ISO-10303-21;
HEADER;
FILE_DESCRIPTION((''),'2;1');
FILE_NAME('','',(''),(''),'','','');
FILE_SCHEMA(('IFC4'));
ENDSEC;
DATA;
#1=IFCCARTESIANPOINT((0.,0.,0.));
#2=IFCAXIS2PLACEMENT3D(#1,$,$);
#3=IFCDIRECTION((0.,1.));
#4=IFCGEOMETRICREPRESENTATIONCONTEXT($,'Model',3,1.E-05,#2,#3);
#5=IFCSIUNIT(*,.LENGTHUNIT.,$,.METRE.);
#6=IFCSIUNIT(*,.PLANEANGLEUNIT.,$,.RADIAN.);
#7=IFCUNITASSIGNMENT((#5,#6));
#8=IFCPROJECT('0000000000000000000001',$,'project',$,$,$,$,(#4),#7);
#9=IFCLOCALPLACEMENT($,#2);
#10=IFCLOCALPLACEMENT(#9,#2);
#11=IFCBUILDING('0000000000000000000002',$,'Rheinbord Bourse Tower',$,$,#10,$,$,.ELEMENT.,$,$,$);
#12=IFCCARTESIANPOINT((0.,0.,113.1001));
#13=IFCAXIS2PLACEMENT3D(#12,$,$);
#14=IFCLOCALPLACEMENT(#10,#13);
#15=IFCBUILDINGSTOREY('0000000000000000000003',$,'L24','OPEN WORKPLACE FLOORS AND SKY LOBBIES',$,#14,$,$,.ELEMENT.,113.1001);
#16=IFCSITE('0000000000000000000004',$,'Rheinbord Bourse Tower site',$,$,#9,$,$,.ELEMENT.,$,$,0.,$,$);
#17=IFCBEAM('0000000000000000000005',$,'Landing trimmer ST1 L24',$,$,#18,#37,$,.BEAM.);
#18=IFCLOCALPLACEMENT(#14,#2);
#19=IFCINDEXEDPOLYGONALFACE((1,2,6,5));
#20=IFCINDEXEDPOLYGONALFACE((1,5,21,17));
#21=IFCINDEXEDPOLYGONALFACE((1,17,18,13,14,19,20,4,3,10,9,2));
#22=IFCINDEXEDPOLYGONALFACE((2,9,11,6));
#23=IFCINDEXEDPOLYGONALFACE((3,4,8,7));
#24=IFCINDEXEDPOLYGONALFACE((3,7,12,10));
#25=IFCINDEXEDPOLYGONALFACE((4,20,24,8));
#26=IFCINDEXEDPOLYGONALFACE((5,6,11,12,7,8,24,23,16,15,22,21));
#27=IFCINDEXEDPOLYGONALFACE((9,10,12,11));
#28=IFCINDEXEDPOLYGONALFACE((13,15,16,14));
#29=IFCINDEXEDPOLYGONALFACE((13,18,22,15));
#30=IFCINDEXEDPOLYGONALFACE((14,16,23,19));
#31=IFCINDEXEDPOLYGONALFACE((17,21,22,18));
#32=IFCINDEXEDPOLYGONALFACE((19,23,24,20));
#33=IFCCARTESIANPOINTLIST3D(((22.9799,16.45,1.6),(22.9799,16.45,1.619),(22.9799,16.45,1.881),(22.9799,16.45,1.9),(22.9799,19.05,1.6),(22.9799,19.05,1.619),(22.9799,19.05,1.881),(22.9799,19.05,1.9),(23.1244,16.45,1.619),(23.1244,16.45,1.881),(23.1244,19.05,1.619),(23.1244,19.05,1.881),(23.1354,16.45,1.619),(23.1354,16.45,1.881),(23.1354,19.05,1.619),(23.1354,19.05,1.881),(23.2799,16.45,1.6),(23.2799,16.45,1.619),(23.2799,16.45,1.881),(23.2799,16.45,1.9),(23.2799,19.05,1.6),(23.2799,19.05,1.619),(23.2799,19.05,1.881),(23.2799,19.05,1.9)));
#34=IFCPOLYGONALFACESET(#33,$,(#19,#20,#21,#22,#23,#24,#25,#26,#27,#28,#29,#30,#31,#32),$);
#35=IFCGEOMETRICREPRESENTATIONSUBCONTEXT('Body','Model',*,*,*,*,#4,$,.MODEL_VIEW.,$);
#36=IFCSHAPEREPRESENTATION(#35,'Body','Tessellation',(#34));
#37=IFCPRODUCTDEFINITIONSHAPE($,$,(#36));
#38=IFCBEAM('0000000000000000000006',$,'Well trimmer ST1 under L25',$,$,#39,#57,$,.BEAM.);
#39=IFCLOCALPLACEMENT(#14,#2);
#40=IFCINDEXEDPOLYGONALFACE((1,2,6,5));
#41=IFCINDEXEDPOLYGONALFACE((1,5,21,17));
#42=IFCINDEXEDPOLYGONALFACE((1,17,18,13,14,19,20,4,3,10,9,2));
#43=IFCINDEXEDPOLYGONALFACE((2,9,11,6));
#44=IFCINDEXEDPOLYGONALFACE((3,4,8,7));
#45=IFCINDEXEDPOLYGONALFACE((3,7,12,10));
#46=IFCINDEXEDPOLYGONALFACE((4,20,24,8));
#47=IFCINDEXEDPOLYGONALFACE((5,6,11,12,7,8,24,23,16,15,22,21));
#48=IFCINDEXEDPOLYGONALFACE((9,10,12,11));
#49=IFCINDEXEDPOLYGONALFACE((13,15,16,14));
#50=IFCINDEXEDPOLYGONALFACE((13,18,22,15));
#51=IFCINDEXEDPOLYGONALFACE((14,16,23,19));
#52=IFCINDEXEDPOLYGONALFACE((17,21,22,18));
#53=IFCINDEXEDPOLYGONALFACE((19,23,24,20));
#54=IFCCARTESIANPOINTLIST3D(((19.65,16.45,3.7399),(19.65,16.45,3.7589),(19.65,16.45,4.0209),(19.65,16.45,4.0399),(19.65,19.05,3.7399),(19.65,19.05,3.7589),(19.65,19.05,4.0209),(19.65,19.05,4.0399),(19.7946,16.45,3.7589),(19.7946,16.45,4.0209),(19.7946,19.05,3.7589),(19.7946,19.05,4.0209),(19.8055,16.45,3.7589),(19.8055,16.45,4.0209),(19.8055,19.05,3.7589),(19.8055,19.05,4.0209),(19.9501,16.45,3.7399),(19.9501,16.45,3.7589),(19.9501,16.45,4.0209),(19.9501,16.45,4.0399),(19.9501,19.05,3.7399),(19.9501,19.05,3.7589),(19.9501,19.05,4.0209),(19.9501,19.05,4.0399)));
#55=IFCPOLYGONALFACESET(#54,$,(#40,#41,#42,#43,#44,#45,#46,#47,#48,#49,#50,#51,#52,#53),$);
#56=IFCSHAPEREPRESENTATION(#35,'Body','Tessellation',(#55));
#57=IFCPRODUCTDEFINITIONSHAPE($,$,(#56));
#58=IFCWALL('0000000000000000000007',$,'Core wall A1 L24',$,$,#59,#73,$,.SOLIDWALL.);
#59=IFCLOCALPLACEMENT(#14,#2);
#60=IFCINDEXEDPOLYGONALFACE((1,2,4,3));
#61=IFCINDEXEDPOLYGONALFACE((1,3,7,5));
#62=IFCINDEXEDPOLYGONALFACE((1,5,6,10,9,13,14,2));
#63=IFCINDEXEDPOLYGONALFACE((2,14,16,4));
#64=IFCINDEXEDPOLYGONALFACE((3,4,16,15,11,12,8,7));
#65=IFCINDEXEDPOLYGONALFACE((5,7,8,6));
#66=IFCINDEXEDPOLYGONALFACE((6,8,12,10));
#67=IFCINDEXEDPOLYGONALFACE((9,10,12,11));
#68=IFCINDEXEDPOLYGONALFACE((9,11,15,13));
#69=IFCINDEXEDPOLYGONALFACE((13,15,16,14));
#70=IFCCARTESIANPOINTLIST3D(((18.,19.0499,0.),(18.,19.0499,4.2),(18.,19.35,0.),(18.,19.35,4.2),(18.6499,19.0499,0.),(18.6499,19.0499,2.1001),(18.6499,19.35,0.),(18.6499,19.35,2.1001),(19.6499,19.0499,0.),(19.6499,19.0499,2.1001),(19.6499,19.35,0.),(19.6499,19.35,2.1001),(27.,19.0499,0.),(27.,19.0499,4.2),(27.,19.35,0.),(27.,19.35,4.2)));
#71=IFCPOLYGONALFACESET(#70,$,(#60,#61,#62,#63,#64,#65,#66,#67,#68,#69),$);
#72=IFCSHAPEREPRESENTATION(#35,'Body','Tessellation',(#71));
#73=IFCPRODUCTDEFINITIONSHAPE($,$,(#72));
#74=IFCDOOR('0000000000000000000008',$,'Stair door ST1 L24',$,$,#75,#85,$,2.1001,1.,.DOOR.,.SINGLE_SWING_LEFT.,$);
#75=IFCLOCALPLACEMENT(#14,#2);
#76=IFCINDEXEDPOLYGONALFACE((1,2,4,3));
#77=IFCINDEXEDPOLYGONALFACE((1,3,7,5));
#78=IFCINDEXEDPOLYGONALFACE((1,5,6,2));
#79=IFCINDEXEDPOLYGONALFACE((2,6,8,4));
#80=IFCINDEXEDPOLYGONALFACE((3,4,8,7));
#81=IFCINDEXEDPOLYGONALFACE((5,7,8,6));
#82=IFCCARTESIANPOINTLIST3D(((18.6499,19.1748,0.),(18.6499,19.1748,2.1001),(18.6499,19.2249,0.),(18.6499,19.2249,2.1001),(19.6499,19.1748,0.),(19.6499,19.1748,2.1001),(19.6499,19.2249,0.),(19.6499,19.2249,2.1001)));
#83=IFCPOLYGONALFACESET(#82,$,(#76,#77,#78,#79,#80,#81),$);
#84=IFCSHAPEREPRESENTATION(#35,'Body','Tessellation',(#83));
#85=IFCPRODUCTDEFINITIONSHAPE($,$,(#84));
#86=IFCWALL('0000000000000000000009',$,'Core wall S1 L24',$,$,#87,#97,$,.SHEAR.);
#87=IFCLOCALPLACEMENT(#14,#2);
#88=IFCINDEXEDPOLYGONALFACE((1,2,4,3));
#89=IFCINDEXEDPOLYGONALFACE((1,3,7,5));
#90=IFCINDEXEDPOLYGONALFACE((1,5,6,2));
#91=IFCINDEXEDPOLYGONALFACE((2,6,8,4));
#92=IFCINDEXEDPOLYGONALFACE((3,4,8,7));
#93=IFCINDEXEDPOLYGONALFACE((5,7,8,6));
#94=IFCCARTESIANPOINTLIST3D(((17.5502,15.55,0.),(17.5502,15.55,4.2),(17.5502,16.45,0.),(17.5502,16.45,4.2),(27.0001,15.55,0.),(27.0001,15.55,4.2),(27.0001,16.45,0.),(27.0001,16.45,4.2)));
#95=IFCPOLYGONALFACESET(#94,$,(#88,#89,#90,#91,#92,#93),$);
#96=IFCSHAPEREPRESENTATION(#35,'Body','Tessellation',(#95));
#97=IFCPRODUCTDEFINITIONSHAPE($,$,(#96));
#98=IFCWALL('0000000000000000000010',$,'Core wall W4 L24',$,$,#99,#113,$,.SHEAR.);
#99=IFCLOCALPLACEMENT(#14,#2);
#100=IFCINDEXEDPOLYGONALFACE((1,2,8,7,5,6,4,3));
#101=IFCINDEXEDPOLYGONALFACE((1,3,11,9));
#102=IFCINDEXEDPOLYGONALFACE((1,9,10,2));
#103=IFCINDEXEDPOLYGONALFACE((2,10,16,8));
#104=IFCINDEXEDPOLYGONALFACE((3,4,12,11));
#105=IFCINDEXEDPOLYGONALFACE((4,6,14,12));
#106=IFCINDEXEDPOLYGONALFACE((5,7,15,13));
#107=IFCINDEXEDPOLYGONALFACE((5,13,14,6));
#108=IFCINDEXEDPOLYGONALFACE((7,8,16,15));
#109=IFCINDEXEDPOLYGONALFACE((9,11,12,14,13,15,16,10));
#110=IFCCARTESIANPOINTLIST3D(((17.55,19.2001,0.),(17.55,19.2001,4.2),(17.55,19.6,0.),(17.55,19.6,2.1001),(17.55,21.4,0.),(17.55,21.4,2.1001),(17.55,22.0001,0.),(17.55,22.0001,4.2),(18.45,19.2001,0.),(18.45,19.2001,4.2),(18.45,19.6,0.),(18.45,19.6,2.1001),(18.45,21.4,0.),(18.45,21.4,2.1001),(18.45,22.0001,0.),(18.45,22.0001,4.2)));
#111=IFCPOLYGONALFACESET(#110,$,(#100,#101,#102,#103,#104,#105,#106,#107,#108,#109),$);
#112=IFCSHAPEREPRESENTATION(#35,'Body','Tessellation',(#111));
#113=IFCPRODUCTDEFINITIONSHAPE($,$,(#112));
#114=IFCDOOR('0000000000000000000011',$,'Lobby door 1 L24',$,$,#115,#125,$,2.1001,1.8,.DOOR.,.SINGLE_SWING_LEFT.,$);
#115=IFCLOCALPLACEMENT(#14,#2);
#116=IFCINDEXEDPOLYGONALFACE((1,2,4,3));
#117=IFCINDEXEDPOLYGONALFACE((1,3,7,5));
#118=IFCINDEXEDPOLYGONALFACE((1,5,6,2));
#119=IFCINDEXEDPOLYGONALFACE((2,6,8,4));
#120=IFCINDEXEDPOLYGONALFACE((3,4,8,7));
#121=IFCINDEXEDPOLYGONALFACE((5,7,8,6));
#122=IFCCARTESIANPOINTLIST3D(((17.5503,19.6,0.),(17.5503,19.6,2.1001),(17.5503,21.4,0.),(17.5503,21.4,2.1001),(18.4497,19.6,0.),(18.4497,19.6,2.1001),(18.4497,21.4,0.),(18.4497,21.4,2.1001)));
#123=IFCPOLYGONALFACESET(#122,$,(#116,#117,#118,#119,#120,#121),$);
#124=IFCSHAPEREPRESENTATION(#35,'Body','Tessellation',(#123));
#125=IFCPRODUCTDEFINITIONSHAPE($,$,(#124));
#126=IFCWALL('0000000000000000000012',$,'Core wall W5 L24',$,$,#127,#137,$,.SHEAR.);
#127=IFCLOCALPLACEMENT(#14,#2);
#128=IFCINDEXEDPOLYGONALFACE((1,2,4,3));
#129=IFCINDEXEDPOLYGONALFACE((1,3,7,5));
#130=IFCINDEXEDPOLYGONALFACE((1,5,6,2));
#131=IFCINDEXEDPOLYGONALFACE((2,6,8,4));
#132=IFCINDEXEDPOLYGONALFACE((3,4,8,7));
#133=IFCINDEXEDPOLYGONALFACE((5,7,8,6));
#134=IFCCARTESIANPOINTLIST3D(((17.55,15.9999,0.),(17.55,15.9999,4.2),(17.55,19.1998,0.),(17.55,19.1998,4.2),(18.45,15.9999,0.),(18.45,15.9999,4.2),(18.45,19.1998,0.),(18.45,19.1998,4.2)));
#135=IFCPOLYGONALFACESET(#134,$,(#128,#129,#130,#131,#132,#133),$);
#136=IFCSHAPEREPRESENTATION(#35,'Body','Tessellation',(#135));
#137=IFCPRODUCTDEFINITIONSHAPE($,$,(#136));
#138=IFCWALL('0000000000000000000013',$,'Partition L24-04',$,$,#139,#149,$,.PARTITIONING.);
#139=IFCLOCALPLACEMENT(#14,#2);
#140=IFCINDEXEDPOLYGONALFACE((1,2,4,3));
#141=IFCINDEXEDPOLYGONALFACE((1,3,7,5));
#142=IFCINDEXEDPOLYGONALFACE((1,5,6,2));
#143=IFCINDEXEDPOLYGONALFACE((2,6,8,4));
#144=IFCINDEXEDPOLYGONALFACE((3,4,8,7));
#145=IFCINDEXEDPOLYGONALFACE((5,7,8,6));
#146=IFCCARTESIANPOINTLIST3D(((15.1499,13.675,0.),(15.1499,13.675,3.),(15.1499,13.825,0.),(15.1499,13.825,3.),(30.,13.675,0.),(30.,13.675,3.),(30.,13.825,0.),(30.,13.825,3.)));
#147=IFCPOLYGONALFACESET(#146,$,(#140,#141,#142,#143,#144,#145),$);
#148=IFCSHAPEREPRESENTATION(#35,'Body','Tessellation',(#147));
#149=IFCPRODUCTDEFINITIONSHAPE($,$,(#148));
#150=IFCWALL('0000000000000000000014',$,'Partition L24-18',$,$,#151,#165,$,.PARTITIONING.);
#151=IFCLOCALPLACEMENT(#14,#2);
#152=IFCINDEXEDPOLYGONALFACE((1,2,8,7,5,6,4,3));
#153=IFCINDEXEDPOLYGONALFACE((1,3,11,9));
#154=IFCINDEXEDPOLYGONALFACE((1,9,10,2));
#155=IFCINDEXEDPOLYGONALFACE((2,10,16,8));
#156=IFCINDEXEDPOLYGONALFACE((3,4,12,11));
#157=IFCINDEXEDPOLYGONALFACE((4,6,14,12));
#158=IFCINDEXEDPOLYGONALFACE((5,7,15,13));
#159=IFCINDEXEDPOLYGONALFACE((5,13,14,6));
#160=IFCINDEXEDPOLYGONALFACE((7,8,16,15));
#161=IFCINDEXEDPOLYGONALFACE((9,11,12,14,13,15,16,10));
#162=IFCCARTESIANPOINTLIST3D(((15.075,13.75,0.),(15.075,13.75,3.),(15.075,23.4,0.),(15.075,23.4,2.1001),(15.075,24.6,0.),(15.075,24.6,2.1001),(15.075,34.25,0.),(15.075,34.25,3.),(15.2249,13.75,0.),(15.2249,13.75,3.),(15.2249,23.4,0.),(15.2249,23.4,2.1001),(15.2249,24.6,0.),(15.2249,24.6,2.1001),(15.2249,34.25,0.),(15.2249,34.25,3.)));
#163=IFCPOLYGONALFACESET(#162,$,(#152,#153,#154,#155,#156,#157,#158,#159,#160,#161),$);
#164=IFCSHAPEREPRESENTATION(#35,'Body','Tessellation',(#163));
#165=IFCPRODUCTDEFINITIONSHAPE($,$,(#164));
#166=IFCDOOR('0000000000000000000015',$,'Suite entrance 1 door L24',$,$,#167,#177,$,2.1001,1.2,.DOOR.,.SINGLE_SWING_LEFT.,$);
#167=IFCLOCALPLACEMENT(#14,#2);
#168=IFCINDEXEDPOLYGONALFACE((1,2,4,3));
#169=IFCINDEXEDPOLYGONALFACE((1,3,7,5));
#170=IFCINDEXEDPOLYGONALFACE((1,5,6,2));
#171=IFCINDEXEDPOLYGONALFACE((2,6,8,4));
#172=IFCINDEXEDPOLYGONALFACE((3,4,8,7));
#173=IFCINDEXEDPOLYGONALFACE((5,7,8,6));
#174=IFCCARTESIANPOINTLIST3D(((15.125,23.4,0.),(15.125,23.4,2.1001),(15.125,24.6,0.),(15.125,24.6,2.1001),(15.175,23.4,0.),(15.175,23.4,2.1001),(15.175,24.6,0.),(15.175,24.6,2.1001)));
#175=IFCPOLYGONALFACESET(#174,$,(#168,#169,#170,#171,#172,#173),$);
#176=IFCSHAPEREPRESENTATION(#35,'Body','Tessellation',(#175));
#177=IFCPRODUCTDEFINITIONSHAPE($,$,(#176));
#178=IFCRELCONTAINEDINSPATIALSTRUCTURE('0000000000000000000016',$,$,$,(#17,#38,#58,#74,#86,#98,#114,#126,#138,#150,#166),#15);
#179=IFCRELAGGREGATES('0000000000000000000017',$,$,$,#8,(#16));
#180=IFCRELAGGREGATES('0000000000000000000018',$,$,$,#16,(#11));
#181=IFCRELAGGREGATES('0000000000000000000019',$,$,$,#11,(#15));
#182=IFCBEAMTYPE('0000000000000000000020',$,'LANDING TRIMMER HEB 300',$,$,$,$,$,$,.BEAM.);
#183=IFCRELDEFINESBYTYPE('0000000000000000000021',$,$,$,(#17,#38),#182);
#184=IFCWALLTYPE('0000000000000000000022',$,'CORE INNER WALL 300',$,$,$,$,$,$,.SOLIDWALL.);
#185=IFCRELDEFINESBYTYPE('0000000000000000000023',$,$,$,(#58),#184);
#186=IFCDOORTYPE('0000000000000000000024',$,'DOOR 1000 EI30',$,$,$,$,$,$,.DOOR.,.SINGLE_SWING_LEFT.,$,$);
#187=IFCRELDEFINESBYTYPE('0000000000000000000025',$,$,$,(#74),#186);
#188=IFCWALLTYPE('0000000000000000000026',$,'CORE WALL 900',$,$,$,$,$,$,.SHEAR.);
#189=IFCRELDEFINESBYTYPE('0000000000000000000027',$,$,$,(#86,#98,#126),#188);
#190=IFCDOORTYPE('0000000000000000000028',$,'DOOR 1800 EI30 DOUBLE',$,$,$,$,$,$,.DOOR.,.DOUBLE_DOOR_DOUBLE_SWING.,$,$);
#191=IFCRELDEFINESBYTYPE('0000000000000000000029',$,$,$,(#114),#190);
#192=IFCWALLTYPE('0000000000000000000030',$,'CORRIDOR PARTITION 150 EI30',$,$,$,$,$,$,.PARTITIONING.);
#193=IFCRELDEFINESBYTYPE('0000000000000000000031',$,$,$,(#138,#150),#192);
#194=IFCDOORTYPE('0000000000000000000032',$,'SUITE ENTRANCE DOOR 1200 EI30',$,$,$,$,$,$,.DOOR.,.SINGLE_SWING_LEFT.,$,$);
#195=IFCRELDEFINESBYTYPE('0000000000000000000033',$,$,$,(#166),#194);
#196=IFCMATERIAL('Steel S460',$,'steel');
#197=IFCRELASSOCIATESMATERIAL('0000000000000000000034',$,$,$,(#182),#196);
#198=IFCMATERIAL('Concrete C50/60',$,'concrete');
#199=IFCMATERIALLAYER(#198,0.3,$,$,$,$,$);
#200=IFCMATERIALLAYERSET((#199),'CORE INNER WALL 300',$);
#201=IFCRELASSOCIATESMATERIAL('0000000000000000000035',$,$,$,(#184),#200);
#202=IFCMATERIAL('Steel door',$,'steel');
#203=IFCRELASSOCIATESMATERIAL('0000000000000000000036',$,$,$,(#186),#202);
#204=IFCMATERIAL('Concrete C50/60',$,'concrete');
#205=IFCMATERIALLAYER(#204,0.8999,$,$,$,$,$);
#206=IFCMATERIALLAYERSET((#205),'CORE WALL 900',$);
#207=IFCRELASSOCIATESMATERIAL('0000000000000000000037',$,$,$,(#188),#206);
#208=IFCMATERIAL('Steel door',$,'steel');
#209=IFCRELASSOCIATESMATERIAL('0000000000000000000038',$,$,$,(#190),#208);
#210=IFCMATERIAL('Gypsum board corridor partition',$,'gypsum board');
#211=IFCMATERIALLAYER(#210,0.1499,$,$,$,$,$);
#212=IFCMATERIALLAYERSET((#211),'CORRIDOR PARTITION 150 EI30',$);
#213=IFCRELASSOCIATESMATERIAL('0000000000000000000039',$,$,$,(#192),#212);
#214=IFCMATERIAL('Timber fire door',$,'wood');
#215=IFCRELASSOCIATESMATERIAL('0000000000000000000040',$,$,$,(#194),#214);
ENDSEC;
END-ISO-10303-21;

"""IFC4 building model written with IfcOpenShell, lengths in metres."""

from ifc_helpers import new_model, si_unit, direction, frame, frame_2d, origin, origin_2d, place, context, subcontext, project, spatial, rectangle, i_section, extrude, material, layer, layer_set, material_profile, profile_set, type_object, element, fill, save


model = new_model("IFC4")

# Units and contexts
model_context = context("Model", 3, precision=1e-05, world=origin(), true_north=direction((0.0, 1.0)))
body_context = subcontext(model_context, "Body", "Model", "MODEL_VIEW")
ifc_project = project(units=[si_unit("LENGTHUNIT", "METRE"), si_unit("PLANEANGLEUNIT", "RADIAN")], contexts=[model_context])

# Site, building, storey
site_placement = place(None, origin())
site = spatial("IfcSite", under=ifc_project, at=site_placement, Name="Rheinbord Bourse Tower site", CompositionType="ELEMENT", RefElevation=0.0)
building_placement = place(site_placement, origin())
building = spatial("IfcBuilding", under=site, at=building_placement, Name="Rheinbord Bourse Tower", CompositionType="ELEMENT")
storey_placement = place(building_placement, frame((0.0, 0.0, 113.1001)))
storey = spatial("IfcBuildingStorey", under=building, at=storey_placement, Name="L24", Description="OPEN WORKPLACE FLOORS AND SKY LOBBIES", CompositionType="ELEMENT", Elevation=113.1001)

# Beams
ifc_material_1 = material(Name="Steel S460", Category="steel")
ifc_material_profile = material_profile(ifc_material_1, i_section(OverallWidth=0.3, OverallDepth=0.3, WebThickness=0.011, FlangeThickness=0.019, at=origin_2d()), Name="HEB 300")
ifc_profile_set = profile_set([ifc_material_profile], Name="Steel S460")
beam_type = type_object("IfcBeamType", Name="LANDING TRIMMER HEB 300", PredefinedType="BEAM", material=ifc_profile_set)
for number, where, z_axis, x_axis, name in (
    (1, (23.1299, 16.45, 1.75), (0.0, 1.0, 0.0), (-1.0, 0.0, 0.0), "Landing trimmer ST1 L24"),
    (2, (19.8, 16.45, 3.8899), (0.0, 1.0, 0.0), (-1.0, 0.0, 0.0), "Well trimmer ST1 under L25"),
):
    element("IfcBeam", number, at=place(storey_placement, frame(where, z_axis=z_axis, x_axis=x_axis)), inside=storey, type_object=beam_type, Name=name, PredefinedType="BEAM", context=body_context, shape_type="SweptSolid", body=[
        extrude(i_section(OverallWidth=0.3, OverallDepth=0.3, WebThickness=0.011, FlangeThickness=0.019, at=origin_2d()), origin(), (0.0, 0.0, 1.0), 2.6001),
    ])

# Wall, opening, door
ifc_material_2 = material(Name="Concrete C50/60", Category="concrete")
ifc_layer_1 = layer(ifc_material_2, 0.3)
ifc_layer_set_1 = layer_set([ifc_layer_1], Name="CORE INNER WALL 300")
wall_type_1 = type_object("IfcWallType", Name="CORE INNER WALL 300", PredefinedType="SOLIDWALL", material=ifc_layer_set_1)
wall_1_placement = place(storey_placement, frame((18.0, 19.2, 0.0), z_axis=(0.0, 0.0, 1.0), x_axis=(1.0, 0.0, 0.0)))
wall_1 = element("IfcWall", 3, at=wall_1_placement, inside=storey, type_object=wall_type_1, Name="Core wall A1 L24", PredefinedType="SOLIDWALL", context=body_context, shape_type="SweptSolid", body=[
    extrude(rectangle(XDim=9.0, YDim=0.3, at=frame_2d((4.5, 0.0))), origin(), (0.0, 0.0, 1.0), 4.2),
])
opening_1_placement = place(wall_1_placement, frame((0.6499, 0.0, 0.0)))
opening_1 = element("IfcOpeningElement", 4, at=opening_1_placement, cuts=wall_1, PredefinedType="OPENING", context=body_context, shape_type="SweptSolid", body=[
    extrude(rectangle(XDim=1.0, YDim=2.1001, at=frame_2d((0.5, 1.05))), frame((0.0, 0.1599, 0.0), z_axis=(0.0, -1.0, 0.0), x_axis=(1.0, 0.0, 0.0)), (0.0, 0.0, 1.0), 0.3201),
])
ifc_material_3 = material(Name="Steel door", Category="steel")
door_type_1 = type_object("IfcDoorType", Name="DOOR 1000 EI30", OperationType="SINGLE_SWING_LEFT", PredefinedType="DOOR", material=ifc_material_3)
door_1_placement = place(opening_1_placement, origin())
door_1 = element("IfcDoor", 5, at=door_1_placement, inside=storey, type_object=door_type_1, Name="Stair door ST1 L24", OperationType="SINGLE_SWING_LEFT", OverallHeight=2.1001, OverallWidth=1.0, PredefinedType="DOOR", context=body_context, shape_type="SweptSolid", body=[
    extrude(rectangle(XDim=1.0, YDim=2.1001, at=frame_2d((0.5, 1.05))), frame((0.0, 0.0249, 0.0), z_axis=(0.0, -1.0, 0.0), x_axis=(1.0, 0.0, 0.0)), (0.0, 0.0, 1.0), 0.05),
])
fill(opening_1, door_1)

# Wall
ifc_material_4 = material(Name="Concrete C50/60", Category="concrete")
ifc_layer_2 = layer(ifc_material_4, 0.8999)
ifc_layer_set_2 = layer_set([ifc_layer_2], Name="CORE WALL 900")
wall_type_2 = type_object("IfcWallType", Name="CORE WALL 900", PredefinedType="SHEAR", material=ifc_layer_set_2)
wall_2_placement = place(storey_placement, frame((17.55, 16.0, 0.0), z_axis=(0.0, 0.0, 1.0), x_axis=(1.0, 0.0, 0.0)))
element("IfcWall", 6, at=wall_2_placement, inside=storey, type_object=wall_type_2, Name="Core wall S1 L24", PredefinedType="SHEAR", context=body_context, shape_type="SweptSolid", body=[
    extrude(rectangle(XDim=9.45, YDim=0.8999, at=frame_2d((4.7251, 0.0))), origin(), (0.0, 0.0, 1.0), 4.2),
])

# Wall, opening, door
wall_3_placement = place(storey_placement, frame((18.0, 22.0, 0.0), z_axis=(0.0, 0.0, 1.0), x_axis=(0.0, -1.0, 0.0)))
wall_3 = element("IfcWall", 7, at=wall_3_placement, inside=storey, type_object=wall_type_2, Name="Core wall W4 L24", PredefinedType="SHEAR", context=body_context, shape_type="SweptSolid", body=[
    extrude(rectangle(XDim=2.8, YDim=0.8999, at=frame_2d((1.3999, 0.0))), origin(), (0.0, 0.0, 1.0), 4.2),
])
opening_2_placement = place(wall_3_placement, frame((0.6001, 0.0, 0.0)))
opening_2 = element("IfcOpeningElement", 8, at=opening_2_placement, cuts=wall_3, PredefinedType="OPENING", context=body_context, shape_type="SweptSolid", body=[
    extrude(rectangle(XDim=1.8, YDim=2.1001, at=frame_2d((0.8999, 1.05))), frame((0.0, 0.46, 0.0), z_axis=(0.0, -1.0, 0.0), x_axis=(1.0, 0.0, 0.0)), (0.0, 0.0, 1.0), 0.9199),
])
ifc_material_5 = material(Name="Steel door", Category="steel")
door_type_2 = type_object("IfcDoorType", Name="DOOR 1800 EI30 DOUBLE", OperationType="DOUBLE_DOOR_DOUBLE_SWING", PredefinedType="DOOR", material=ifc_material_5)
door_2_placement = place(opening_2_placement, origin())
door_2 = element("IfcDoor", 9, at=door_2_placement, inside=storey, type_object=door_type_2, Name="Lobby door 1 L24", OperationType="SINGLE_SWING_LEFT", OverallHeight=2.1001, OverallWidth=1.8, PredefinedType="DOOR", context=body_context, shape_type="SweptSolid", body=[
    extrude(rectangle(XDim=1.8, YDim=2.1001, at=frame_2d((0.8999, 1.05))), frame((0.0, 0.4497, 0.0), z_axis=(0.0, -1.0, 0.0), x_axis=(1.0, 0.0, 0.0)), (0.0, 0.0, 1.0), 0.8994),
])
fill(opening_2, door_2)

# Walls
wall_4_placement = place(storey_placement, frame((18.0, 19.2, 0.0), z_axis=(0.0, 0.0, 1.0), x_axis=(0.0, -1.0, 0.0)))
element("IfcWall", 10, at=wall_4_placement, inside=storey, type_object=wall_type_2, Name="Core wall W5 L24", PredefinedType="SHEAR", context=body_context, shape_type="SweptSolid", body=[
    extrude(rectangle(XDim=3.2, YDim=0.8999, at=frame_2d((1.6001, 0.0))), origin(), (0.0, 0.0, 1.0), 4.2),
])
ifc_material_6 = material(Name="Gypsum board corridor partition", Category="gypsum board")
ifc_layer_3 = layer(ifc_material_6, 0.1499)
ifc_layer_set_3 = layer_set([ifc_layer_3], Name="CORRIDOR PARTITION 150 EI30")
wall_type_3 = type_object("IfcWallType", Name="CORRIDOR PARTITION 150 EI30", PredefinedType="PARTITIONING", material=ifc_layer_set_3)
wall_5_placement = place(storey_placement, frame((15.1499, 13.75, 0.0), z_axis=(0.0, 0.0, 1.0), x_axis=(1.0, 0.0, 0.0)))
element("IfcWall", 11, at=wall_5_placement, inside=storey, type_object=wall_type_3, Name="Partition L24-04", PredefinedType="PARTITIONING", context=body_context, shape_type="SweptSolid", body=[
    extrude(rectangle(XDim=14.8501, YDim=0.1499, at=frame_2d((7.425, 0.0))), origin(), (0.0, 0.0, 1.0), 3.0),
])

# Wall, opening, door
wall_6_placement = place(storey_placement, frame((15.1499, 13.75, 0.0), z_axis=(0.0, 0.0, 1.0), x_axis=(0.0, 1.0, 0.0)))
wall_6 = element("IfcWall", 12, at=wall_6_placement, inside=storey, type_object=wall_type_3, Name="Partition L24-18", PredefinedType="PARTITIONING", context=body_context, shape_type="SweptSolid", body=[
    extrude(rectangle(XDim=20.5, YDim=0.1499, at=frame_2d((10.25, 0.0))), origin(), (0.0, 0.0, 1.0), 3.0),
])
opening_3_placement = place(wall_6_placement, frame((9.6499, 0.0, 0.0)))
opening_3 = element("IfcOpeningElement", 13, at=opening_3_placement, cuts=wall_6, PredefinedType="OPENING", context=body_context, shape_type="SweptSolid", body=[
    extrude(rectangle(XDim=1.2, YDim=2.1001, at=frame_2d((0.6001, 1.05))), frame((0.0, 0.085, 0.0), z_axis=(0.0, -1.0, 0.0), x_axis=(1.0, 0.0, 0.0)), (0.0, 0.0, 1.0), 0.1699),
])
ifc_material_7 = material(Name="Timber fire door", Category="wood")
door_type_3 = type_object("IfcDoorType", Name="SUITE ENTRANCE DOOR 1200 EI30", OperationType="SINGLE_SWING_LEFT", PredefinedType="DOOR", material=ifc_material_7)
door_3_placement = place(opening_3_placement, origin())
door_3 = element("IfcDoor", 14, at=door_3_placement, inside=storey, type_object=door_type_3, Name="Suite entrance 1 door L24", OperationType="SINGLE_SWING_LEFT", OverallHeight=2.1001, OverallWidth=1.2, PredefinedType="DOOR", context=body_context, shape_type="SweptSolid", body=[
    extrude(rectangle(XDim=1.2, YDim=2.1001, at=frame_2d((0.6001, 1.05))), frame((0.0, 0.0249, 0.0), z_axis=(0.0, -1.0, 0.0), x_axis=(1.0, 0.0, 0.0)), (0.0, 0.0, 1.0), 0.05),
])
fill(opening_3, door_3)

save(model, "model.ifc")
